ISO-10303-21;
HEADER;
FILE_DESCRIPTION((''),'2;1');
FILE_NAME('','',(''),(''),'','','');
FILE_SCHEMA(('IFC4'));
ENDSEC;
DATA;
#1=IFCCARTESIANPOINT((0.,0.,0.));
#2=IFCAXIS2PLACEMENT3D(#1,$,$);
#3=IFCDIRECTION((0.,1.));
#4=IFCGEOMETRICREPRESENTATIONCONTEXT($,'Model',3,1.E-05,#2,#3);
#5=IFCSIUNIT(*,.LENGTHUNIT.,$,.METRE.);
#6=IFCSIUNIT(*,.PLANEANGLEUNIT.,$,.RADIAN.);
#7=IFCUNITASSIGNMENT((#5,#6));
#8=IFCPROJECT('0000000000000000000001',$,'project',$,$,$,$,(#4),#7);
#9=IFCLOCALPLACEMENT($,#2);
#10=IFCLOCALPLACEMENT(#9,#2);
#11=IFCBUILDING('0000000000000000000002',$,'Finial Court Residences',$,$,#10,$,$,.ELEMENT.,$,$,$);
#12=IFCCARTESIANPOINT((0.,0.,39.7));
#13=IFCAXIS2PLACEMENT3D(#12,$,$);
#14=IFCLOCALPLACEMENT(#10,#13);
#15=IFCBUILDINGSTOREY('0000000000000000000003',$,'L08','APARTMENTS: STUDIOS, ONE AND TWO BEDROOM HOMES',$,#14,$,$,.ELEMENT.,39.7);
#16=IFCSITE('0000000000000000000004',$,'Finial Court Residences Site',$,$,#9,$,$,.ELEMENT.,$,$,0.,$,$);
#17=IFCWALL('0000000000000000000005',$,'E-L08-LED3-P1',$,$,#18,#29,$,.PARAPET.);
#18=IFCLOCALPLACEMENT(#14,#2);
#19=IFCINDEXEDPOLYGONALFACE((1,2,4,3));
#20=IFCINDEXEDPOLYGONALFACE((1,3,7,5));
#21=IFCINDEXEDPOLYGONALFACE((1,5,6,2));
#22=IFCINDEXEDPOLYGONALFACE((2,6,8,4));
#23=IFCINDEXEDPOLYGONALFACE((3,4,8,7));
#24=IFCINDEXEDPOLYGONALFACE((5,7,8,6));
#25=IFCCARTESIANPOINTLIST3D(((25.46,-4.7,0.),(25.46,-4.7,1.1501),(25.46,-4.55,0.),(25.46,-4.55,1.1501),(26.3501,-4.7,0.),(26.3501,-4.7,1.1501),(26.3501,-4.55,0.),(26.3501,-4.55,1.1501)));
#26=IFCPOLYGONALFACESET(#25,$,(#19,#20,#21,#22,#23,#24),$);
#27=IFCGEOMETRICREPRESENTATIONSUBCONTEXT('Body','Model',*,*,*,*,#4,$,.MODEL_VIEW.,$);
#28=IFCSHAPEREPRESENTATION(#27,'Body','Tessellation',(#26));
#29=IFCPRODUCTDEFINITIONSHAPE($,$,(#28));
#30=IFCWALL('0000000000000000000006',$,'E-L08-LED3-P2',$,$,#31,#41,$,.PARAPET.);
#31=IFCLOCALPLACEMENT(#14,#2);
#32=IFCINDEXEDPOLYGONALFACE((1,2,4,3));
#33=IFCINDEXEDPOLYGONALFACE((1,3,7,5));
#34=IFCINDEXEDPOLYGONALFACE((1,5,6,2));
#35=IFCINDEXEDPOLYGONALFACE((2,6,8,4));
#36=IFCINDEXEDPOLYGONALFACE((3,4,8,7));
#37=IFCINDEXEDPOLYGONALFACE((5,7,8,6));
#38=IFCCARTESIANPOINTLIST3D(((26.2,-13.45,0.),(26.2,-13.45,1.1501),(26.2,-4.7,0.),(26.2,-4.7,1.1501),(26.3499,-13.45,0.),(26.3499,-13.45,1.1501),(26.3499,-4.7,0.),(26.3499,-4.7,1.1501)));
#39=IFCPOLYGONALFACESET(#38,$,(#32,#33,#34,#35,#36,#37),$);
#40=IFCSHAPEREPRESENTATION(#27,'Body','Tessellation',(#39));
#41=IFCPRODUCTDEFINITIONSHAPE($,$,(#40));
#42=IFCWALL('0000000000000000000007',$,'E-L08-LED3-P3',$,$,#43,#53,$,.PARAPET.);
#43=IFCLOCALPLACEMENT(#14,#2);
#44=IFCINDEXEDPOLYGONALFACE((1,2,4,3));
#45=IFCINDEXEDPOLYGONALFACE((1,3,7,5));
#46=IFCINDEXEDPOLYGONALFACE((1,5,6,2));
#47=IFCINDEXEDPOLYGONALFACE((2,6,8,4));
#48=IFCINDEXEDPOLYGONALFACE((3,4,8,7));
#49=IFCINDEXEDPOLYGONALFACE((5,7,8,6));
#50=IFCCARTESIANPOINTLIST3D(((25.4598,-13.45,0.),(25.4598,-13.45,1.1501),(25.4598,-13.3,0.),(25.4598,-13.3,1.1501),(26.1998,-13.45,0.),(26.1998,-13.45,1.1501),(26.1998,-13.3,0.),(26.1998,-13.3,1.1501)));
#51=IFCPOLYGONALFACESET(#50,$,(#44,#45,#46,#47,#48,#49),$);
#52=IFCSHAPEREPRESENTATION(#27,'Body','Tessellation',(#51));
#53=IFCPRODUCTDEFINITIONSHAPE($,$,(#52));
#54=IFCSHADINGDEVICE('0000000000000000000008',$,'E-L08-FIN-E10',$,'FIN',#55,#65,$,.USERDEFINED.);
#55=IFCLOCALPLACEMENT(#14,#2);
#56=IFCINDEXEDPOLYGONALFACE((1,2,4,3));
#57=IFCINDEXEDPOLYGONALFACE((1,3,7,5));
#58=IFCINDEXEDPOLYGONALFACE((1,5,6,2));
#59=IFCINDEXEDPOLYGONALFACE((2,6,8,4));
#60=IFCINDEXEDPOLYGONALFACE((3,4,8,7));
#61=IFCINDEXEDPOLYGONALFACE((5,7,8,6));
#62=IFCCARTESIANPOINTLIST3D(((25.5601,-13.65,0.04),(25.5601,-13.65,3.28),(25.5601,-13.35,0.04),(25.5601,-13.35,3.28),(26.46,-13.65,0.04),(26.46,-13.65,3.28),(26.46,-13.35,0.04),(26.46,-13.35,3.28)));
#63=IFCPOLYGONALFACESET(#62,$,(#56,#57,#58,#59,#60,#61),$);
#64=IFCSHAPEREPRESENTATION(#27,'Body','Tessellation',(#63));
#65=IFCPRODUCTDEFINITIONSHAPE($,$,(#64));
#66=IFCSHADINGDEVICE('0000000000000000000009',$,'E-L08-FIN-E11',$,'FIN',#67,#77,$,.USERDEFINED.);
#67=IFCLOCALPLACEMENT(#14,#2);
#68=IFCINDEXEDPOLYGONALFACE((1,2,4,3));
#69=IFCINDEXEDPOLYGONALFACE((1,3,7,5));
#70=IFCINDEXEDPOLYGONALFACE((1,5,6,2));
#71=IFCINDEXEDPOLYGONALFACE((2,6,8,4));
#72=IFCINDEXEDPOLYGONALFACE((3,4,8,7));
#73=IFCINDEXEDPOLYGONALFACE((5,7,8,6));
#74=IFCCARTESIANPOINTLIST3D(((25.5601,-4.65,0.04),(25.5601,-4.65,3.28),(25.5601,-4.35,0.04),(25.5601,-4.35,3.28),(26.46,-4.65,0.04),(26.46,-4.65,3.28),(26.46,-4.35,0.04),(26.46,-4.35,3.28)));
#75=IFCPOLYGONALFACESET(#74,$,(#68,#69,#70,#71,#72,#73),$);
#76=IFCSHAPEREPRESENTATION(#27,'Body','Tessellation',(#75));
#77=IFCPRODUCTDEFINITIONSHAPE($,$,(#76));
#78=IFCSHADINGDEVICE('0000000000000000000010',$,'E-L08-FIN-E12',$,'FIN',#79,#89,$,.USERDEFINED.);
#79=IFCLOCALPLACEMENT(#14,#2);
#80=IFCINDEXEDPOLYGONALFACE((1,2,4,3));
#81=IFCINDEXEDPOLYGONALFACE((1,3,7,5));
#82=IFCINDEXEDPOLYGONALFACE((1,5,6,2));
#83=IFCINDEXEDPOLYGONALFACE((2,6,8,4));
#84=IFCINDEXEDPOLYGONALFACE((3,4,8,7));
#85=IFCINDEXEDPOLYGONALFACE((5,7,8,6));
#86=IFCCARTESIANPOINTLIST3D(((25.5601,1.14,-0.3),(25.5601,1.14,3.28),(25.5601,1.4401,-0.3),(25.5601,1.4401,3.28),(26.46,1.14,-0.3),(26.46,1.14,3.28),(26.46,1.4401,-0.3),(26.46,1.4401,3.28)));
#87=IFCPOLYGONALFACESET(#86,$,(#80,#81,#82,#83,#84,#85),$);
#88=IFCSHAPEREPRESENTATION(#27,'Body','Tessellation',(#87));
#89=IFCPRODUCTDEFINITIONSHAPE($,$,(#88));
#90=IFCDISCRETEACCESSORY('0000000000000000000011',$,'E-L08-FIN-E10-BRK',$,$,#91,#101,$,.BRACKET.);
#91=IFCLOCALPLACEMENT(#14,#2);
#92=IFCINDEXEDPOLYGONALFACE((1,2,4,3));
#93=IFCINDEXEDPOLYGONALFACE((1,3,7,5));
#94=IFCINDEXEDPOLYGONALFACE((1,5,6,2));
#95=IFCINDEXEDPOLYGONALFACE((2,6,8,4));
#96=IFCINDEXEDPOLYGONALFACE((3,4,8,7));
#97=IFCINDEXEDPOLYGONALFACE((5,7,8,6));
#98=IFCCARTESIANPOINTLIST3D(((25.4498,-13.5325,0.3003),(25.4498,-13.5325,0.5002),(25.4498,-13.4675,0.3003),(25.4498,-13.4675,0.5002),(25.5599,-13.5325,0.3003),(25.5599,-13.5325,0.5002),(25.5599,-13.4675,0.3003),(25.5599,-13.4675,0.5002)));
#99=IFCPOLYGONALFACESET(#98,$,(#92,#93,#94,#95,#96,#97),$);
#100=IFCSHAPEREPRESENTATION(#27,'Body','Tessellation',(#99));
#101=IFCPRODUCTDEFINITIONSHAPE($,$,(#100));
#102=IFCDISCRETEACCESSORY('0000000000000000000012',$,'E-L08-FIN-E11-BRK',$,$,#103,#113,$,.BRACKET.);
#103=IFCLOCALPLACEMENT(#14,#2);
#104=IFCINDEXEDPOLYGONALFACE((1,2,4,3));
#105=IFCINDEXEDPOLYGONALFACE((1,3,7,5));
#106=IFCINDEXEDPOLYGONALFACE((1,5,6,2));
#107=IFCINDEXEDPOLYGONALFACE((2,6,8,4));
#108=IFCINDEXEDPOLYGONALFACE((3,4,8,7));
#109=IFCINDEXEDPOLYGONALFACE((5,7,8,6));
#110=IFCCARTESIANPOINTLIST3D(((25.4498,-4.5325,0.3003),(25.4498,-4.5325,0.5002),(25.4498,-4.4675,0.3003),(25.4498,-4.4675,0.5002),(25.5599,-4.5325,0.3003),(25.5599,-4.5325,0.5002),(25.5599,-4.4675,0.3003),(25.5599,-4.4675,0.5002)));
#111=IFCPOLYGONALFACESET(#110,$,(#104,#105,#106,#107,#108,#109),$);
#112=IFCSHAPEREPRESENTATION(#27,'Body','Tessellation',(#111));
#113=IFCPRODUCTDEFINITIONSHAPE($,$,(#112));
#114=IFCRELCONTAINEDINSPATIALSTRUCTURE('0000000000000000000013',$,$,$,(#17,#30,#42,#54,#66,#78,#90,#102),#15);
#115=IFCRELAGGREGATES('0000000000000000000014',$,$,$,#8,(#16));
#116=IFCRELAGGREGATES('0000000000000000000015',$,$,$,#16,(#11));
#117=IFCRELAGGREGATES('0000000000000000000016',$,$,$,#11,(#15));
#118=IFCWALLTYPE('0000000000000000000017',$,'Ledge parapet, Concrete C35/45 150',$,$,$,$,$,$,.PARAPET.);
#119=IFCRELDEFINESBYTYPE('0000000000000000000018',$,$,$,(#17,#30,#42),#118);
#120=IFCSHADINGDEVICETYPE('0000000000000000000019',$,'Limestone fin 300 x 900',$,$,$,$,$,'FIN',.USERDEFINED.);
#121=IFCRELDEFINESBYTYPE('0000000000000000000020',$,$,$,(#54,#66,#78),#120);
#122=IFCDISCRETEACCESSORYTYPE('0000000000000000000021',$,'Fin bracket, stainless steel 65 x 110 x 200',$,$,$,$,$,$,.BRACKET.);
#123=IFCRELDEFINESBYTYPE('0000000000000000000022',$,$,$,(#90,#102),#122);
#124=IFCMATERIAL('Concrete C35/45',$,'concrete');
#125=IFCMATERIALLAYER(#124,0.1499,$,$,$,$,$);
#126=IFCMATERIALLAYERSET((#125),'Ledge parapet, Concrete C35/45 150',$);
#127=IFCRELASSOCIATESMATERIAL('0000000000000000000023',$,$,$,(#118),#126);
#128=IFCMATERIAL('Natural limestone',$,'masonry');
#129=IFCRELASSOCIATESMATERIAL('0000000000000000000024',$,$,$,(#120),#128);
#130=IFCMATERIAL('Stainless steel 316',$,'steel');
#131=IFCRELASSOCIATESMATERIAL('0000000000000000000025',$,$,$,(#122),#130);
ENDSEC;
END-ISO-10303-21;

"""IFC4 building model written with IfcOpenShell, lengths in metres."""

from ifc_helpers import new_model, si_unit, direction, frame, frame_2d, origin, origin_2d, place, context, subcontext, project, spatial, rectangle, extrude, material, layer, layer_set, type_object, element, save


model = new_model("IFC4")

# Units and contexts
model_context = context("Model", 3, precision=1e-05, world=origin(), true_north=direction((0.0, 1.0)))
body_context = subcontext(model_context, "Body", "Model", "MODEL_VIEW")
ifc_project = project(units=[si_unit("LENGTHUNIT", "METRE"), si_unit("PLANEANGLEUNIT", "RADIAN")], contexts=[model_context])

# Site, building, storey
site_placement = place(None, origin())
site = spatial("IfcSite", under=ifc_project, at=site_placement, Name="Finial Court Residences Site", CompositionType="ELEMENT", RefElevation=0.0)
building_placement = place(site_placement, origin())
building = spatial("IfcBuilding", under=site, at=building_placement, Name="Finial Court Residences", CompositionType="ELEMENT")
storey_placement = place(building_placement, frame((0.0, 0.0, 39.7)))
storey = spatial("IfcBuildingStorey", under=building, at=storey_placement, Name="L08", Description="APARTMENTS: STUDIOS, ONE AND TWO BEDROOM HOMES", CompositionType="ELEMENT", Elevation=39.7)

# Walls
ifc_material_1 = material(Name="Concrete C35/45", Category="concrete")
ifc_layer_1 = layer(ifc_material_1, 0.1499)
ifc_layer_set_1 = layer_set([ifc_layer_1], Name="Ledge parapet, Concrete C35/45 150")
wall_type_1 = type_object("IfcWallType", Name="Ledge parapet, Concrete C35/45 150", PredefinedType="PARAPET", material=ifc_layer_set_1)
wall_1_placement = place(storey_placement, frame((25.46, -4.625, 0.0), z_axis=(0.0, 0.0, 1.0), x_axis=(1.0, 0.0, 0.0)))
element("IfcWall", 1, at=wall_1_placement, inside=storey, type_object=wall_type_1, Name="E-L08-LED3-P1", PredefinedType="PARAPET", context=body_context, shape_type="SweptSolid", body=[
    extrude(rectangle(XDim=0.8901, YDim=0.1499, at=frame_2d((0.4451, 0.0))), origin(), (0.0, 0.0, 1.0), 1.1501),
])
wall_2_placement = place(storey_placement, frame((26.2749, -4.7, 0.0), z_axis=(0.0, 0.0, 1.0), x_axis=(0.0, -1.0, 0.0)))
element("IfcWall", 2, at=wall_2_placement, inside=storey, type_object=wall_type_1, Name="E-L08-LED3-P2", PredefinedType="PARAPET", context=body_context, shape_type="SweptSolid", body=[
    extrude(rectangle(XDim=8.75, YDim=0.1499, at=frame_2d((4.375, 0.0))), origin(), (0.0, 0.0, 1.0), 1.1501),
])
wall_3_placement = place(storey_placement, frame((26.2, -13.375, 0.0), z_axis=(0.0, 0.0, 1.0), x_axis=(-1.0, 0.0, 0.0)))
element("IfcWall", 3, at=wall_3_placement, inside=storey, type_object=wall_type_1, Name="E-L08-LED3-P3", PredefinedType="PARAPET", context=body_context, shape_type="SweptSolid", body=[
    extrude(rectangle(XDim=0.74, YDim=0.1499, at=frame_2d((0.3701, 0.0))), origin(), (0.0, 0.0, 1.0), 1.1501),
])

# Shading devices
ifc_material_2 = material(Name="Natural limestone", Category="masonry")
shading_device_type = type_object("IfcShadingDeviceType", Name="Limestone fin 300 x 900", ElementType="FIN", PredefinedType="USERDEFINED", material=ifc_material_2)
for number, where, z_axis, x_axis, name in (
    (4, (26.01, -13.5, 0.04), (0.0, 0.0, 1.0), (1.0, 0.0, 0.0), "E-L08-FIN-E10"),
    (5, (26.01, -4.5, 0.04), (0.0, 0.0, 1.0), (1.0, 0.0, 0.0), "E-L08-FIN-E11"),
):
    element("IfcShadingDevice", number, at=place(storey_placement, frame(where, z_axis=z_axis, x_axis=x_axis)), inside=storey, type_object=shading_device_type, Name=name, ObjectType="FIN", PredefinedType="USERDEFINED", context=body_context, shape_type="SweptSolid", body=[
        extrude(rectangle(XDim=0.8999, YDim=0.3, at=origin_2d()), origin(), (0.0, 0.0, 1.0), 3.24),
    ])
shading_device_placement = place(storey_placement, frame((26.01, 1.29, -0.3), z_axis=(0.0, 0.0, 1.0), x_axis=(1.0, 0.0, 0.0)))
element("IfcShadingDevice", 6, at=shading_device_placement, inside=storey, type_object=shading_device_type, Name="E-L08-FIN-E12", ObjectType="FIN", PredefinedType="USERDEFINED", context=body_context, shape_type="SweptSolid", body=[
    extrude(rectangle(XDim=0.8999, YDim=0.3, at=origin_2d()), origin(), (0.0, 0.0, 1.0), 3.5801),
])

# Discrete accessories
ifc_material_3 = material(Name="Stainless steel 316", Category="steel")
discrete_accessory_type = type_object("IfcDiscreteAccessoryType", Name="Fin bracket, stainless steel 65 x 110 x 200", PredefinedType="BRACKET", material=ifc_material_3)
for number, where, z_axis, x_axis, name in (
    (7, (25.5049, -13.5, 0.3003), (0.0, 0.0, 1.0), (1.0, 0.0, 0.0), "E-L08-FIN-E10-BRK"),
    (8, (25.5049, -4.5, 0.3003), (0.0, 0.0, 1.0), (1.0, 0.0, 0.0), "E-L08-FIN-E11-BRK"),
):
    element("IfcDiscreteAccessory", number, at=place(storey_placement, frame(where, z_axis=z_axis, x_axis=x_axis)), inside=storey, type_object=discrete_accessory_type, Name=name, PredefinedType="BRACKET", context=body_context, shape_type="SweptSolid", body=[
        extrude(rectangle(XDim=0.1101, YDim=0.0649, at=origin_2d()), origin(), (0.0, 0.0, 1.0), 0.2),
    ])

save(model, "model.ifc")
